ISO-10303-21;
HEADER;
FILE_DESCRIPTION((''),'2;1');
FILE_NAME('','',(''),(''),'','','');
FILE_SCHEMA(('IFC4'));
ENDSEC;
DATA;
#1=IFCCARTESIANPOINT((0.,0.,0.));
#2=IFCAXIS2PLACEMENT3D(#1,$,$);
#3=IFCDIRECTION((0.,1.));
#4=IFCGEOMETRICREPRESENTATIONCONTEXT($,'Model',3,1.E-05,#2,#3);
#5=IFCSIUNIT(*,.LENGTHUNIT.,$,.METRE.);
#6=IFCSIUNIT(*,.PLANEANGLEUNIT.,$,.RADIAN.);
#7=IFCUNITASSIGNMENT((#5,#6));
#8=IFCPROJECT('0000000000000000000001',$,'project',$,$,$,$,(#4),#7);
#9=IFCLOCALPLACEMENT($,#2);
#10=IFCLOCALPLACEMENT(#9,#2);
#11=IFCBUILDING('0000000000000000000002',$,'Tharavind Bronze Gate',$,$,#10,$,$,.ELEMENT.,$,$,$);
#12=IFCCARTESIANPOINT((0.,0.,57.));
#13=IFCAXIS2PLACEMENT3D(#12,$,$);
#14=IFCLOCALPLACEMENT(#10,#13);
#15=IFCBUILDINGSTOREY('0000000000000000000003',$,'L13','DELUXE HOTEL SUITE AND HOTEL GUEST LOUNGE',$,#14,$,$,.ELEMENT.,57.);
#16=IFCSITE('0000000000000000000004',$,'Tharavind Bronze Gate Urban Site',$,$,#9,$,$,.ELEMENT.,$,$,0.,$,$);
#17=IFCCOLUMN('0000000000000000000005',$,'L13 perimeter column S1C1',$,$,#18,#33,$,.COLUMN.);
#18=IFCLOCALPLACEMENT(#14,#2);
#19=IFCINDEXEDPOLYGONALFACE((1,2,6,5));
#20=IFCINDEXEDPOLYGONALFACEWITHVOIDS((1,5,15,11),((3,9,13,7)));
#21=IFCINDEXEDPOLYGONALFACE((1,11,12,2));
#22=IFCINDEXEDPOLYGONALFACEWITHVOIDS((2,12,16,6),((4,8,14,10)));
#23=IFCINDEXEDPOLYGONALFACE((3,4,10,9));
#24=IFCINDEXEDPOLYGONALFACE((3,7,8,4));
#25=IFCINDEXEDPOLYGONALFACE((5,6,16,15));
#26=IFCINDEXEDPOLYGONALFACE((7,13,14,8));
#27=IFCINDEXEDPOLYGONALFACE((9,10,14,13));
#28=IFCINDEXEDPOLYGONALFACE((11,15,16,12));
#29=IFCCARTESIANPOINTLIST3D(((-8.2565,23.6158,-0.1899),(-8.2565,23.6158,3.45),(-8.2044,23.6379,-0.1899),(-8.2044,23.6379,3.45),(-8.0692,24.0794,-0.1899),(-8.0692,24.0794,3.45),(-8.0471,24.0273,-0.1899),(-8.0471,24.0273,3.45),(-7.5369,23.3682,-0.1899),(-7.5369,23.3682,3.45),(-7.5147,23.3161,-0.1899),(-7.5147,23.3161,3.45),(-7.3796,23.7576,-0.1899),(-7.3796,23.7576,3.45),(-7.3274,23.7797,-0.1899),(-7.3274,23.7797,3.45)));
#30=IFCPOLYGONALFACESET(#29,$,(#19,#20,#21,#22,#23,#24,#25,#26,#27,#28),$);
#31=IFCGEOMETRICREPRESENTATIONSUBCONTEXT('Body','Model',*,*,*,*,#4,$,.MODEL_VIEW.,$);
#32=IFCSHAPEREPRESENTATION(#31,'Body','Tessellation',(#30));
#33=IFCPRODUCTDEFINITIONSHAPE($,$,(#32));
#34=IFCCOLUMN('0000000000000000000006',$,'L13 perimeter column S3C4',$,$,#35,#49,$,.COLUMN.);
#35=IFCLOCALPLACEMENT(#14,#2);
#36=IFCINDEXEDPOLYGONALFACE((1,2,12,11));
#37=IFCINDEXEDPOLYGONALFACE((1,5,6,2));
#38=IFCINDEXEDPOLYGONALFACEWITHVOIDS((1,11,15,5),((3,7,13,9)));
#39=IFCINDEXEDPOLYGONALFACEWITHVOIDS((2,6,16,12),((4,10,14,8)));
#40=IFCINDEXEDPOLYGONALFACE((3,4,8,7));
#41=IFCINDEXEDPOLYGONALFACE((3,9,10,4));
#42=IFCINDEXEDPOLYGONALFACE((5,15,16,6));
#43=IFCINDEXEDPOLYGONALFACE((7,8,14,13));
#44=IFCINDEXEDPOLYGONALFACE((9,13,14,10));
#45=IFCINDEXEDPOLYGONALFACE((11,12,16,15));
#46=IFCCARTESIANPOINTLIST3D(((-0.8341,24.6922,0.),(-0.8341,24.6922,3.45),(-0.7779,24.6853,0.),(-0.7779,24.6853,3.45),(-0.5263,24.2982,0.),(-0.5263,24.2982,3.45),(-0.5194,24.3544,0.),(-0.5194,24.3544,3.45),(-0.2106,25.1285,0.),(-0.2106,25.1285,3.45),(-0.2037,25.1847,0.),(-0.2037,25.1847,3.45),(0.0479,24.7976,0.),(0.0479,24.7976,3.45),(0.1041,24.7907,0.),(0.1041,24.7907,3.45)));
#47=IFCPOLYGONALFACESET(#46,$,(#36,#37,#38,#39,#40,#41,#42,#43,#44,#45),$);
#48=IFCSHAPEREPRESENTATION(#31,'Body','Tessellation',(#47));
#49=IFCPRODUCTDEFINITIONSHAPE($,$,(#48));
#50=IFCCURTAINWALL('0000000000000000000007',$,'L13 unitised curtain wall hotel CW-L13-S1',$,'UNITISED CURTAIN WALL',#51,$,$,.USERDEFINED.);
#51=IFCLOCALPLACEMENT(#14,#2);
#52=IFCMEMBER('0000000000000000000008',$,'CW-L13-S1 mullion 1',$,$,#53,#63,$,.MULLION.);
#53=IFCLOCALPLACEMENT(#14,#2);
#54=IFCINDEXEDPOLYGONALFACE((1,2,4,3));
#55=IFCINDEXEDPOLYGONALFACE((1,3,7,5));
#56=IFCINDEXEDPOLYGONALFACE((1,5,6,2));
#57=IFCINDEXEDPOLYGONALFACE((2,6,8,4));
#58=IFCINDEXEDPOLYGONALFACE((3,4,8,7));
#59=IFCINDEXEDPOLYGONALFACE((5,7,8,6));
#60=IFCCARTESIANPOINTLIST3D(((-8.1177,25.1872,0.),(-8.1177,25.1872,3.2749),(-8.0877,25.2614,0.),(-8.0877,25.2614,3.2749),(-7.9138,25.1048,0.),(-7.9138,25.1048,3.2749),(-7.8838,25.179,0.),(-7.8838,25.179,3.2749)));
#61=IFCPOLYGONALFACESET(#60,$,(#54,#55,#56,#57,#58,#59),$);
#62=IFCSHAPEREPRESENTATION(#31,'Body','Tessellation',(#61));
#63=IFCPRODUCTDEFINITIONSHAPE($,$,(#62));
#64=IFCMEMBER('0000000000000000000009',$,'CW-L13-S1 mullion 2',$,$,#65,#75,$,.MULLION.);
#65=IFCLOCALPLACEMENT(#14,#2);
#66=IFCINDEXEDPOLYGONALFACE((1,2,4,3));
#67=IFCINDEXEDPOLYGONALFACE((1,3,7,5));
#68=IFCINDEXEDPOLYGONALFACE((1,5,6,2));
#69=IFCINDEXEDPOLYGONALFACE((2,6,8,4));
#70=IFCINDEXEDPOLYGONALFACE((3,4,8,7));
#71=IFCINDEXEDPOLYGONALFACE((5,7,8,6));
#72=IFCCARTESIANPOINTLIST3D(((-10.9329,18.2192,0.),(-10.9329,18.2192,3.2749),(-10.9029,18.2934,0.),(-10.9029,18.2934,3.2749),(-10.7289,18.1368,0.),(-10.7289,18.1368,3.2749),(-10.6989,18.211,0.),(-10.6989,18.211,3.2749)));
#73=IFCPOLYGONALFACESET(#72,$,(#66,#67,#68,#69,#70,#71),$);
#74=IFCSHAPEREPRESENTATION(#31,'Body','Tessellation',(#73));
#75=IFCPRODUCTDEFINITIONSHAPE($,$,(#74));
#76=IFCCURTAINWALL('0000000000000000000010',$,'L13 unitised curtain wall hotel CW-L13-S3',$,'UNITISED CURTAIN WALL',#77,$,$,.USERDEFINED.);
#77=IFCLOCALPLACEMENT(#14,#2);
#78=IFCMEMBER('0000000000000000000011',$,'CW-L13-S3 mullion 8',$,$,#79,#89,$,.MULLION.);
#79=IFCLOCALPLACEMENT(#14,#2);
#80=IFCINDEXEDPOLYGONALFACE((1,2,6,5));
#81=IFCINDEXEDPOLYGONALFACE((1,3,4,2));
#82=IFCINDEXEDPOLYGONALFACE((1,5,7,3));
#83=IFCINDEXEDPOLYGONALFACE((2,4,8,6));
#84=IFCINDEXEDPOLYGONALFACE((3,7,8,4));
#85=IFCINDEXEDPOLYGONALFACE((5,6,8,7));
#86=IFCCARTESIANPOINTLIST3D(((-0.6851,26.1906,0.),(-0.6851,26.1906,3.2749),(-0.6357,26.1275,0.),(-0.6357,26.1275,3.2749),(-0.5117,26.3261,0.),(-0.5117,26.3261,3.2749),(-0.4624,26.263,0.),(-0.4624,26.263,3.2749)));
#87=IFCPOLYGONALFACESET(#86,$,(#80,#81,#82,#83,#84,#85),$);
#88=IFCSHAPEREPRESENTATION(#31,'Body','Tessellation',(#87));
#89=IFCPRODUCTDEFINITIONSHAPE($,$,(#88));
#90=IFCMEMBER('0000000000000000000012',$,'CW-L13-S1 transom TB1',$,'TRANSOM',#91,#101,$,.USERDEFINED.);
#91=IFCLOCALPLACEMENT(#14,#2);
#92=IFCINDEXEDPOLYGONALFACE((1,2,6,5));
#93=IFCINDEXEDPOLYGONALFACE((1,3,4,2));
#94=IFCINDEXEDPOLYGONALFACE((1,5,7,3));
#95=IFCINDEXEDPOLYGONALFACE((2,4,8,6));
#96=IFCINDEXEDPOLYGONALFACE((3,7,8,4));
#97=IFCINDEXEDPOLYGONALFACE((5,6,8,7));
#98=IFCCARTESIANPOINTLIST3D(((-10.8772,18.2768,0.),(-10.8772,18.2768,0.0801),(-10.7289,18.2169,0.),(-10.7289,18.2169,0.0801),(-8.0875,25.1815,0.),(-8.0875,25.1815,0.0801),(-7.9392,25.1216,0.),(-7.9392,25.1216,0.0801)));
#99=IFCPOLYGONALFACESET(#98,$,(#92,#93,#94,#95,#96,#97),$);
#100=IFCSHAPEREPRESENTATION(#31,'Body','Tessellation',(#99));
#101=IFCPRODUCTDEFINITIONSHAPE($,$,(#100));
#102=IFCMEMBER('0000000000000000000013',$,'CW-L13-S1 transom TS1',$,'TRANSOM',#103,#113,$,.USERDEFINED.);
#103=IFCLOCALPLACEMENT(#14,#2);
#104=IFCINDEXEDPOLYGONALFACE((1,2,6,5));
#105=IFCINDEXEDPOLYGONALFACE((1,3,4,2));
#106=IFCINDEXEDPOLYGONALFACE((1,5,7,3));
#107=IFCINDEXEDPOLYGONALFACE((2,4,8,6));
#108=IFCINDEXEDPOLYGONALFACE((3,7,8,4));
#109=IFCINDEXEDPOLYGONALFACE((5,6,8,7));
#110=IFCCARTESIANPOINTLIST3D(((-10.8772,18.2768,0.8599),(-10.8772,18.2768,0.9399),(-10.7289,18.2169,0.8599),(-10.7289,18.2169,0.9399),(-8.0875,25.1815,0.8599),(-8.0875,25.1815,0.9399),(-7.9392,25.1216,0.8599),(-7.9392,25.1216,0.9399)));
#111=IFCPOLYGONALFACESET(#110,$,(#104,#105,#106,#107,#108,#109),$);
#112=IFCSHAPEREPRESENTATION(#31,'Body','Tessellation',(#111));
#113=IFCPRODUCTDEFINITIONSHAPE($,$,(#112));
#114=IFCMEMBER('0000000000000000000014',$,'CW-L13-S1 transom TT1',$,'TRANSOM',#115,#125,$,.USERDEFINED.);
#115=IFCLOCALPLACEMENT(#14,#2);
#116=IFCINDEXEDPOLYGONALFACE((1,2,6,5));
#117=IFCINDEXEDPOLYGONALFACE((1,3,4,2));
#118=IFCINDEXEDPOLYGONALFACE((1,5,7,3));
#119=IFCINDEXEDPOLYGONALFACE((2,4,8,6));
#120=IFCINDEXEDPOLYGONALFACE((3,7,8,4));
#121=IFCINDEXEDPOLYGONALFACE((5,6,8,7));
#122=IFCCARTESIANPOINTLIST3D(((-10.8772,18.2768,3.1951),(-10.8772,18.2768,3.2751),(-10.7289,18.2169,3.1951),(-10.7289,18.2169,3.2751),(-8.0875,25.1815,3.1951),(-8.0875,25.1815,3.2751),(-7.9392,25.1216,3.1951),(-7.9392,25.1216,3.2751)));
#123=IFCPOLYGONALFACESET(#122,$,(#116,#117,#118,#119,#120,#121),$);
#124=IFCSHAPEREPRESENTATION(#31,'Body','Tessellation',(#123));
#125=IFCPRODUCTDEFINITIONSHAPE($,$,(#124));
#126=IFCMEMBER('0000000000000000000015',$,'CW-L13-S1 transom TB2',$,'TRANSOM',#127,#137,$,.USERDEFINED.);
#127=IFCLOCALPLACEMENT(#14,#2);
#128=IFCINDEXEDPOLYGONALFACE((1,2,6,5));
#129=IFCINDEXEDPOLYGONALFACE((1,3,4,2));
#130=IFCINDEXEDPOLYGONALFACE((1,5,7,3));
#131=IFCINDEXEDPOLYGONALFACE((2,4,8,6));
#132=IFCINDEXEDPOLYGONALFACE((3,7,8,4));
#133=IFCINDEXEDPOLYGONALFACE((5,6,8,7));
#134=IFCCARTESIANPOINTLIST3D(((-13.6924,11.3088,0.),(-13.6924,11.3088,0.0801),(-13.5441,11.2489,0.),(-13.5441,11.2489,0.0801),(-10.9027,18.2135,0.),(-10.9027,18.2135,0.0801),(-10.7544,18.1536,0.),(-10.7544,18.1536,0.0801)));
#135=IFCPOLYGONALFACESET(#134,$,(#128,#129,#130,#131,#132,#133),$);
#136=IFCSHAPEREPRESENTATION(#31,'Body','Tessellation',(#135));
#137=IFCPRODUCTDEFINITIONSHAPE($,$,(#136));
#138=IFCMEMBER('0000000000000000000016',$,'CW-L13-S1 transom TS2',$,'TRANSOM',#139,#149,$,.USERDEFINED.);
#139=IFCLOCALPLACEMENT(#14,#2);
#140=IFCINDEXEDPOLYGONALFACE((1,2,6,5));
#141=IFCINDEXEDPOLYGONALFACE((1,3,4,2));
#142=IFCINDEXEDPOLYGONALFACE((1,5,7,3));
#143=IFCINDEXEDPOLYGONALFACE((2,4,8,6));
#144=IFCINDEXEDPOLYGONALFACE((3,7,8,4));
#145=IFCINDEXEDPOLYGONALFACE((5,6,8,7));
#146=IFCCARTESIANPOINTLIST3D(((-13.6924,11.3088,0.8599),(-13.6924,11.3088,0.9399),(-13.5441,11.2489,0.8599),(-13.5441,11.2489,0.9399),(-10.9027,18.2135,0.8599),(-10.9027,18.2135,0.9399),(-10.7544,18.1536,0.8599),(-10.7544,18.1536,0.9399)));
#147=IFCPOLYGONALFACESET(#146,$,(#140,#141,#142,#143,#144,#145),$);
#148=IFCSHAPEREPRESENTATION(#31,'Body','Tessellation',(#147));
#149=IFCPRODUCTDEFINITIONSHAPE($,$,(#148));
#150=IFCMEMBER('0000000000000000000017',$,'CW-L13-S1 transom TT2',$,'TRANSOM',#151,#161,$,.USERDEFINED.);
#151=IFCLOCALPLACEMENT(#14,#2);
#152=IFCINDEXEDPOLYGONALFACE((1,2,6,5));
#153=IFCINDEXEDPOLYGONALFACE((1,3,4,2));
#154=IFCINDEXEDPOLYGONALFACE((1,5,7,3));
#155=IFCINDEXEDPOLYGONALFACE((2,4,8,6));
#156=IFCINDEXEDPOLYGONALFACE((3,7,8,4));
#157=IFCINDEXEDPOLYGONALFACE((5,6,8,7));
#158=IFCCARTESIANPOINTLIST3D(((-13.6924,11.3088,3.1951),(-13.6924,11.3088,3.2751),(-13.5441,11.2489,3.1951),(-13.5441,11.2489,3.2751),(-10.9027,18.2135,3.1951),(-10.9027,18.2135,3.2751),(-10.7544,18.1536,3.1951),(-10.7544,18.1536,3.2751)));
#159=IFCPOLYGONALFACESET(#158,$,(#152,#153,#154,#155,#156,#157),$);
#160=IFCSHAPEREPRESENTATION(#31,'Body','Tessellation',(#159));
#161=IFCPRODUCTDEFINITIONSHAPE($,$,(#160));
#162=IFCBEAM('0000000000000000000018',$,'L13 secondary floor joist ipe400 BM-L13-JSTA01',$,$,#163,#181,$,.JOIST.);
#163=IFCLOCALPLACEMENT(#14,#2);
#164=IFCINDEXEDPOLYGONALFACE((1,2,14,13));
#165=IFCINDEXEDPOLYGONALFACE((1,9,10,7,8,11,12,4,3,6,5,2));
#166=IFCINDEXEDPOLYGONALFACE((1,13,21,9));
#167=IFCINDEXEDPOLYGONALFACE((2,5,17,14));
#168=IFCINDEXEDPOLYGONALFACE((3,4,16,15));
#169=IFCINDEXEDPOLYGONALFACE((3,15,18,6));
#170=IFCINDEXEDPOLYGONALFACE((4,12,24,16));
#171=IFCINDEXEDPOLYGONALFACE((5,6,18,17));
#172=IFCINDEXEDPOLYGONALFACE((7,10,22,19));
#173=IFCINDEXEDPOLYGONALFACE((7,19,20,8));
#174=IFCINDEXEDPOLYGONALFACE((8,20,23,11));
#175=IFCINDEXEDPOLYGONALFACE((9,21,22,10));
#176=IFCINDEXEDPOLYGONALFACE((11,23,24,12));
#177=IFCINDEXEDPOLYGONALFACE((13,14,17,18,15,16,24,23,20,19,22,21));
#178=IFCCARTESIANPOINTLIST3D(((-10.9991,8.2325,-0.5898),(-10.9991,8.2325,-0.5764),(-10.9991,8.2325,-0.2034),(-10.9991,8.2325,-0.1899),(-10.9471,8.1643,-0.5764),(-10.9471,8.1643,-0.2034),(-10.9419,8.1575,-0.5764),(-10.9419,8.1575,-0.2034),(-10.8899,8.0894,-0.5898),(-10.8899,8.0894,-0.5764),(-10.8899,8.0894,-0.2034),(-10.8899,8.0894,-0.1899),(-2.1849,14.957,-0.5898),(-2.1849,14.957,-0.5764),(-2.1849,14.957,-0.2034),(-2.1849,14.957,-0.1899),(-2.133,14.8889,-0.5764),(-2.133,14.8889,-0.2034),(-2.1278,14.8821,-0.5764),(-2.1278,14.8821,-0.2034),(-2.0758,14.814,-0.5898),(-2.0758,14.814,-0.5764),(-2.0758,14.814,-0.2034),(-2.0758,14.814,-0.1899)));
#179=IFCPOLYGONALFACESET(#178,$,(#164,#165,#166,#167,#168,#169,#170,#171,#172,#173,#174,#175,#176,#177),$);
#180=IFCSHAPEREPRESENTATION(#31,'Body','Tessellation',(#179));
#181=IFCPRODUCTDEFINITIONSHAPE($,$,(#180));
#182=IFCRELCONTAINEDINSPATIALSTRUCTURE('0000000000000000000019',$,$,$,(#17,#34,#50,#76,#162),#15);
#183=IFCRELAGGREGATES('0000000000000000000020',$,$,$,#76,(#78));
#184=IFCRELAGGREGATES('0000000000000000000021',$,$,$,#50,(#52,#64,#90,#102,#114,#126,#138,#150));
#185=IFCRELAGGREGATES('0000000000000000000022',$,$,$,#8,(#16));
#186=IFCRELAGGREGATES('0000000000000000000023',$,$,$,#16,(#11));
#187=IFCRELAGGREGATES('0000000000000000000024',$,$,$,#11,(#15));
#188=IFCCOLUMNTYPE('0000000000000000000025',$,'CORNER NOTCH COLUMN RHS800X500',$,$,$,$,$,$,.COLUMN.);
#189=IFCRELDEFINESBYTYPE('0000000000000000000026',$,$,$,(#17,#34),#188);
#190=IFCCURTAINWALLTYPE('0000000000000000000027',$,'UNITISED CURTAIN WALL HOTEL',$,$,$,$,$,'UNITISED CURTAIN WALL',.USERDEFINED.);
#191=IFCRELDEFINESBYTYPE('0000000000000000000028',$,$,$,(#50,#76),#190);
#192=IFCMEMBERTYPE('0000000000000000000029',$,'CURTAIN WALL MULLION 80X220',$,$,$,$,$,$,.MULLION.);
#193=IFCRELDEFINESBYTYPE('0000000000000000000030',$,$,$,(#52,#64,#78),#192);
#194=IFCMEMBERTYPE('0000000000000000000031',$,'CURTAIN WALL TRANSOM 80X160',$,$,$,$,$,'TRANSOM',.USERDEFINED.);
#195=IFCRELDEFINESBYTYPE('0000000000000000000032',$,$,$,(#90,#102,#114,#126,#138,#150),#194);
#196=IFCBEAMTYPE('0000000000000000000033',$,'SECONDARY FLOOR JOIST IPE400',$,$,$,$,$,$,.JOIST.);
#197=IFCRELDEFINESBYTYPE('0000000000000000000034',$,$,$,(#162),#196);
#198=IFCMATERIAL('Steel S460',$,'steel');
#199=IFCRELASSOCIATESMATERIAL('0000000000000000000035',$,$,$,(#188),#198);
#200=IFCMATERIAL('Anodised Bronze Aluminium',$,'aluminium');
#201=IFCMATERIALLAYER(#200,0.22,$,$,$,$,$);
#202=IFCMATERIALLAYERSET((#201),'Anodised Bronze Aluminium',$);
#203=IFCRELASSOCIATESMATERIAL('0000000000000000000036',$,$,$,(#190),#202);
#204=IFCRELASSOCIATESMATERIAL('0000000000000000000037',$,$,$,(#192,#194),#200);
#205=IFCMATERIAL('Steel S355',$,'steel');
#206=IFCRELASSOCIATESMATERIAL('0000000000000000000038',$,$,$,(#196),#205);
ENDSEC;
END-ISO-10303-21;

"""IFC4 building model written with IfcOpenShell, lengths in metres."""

from ifc_helpers import new_model, si_unit, direction, frame, origin, origin_2d, place, context, subcontext, project, spatial, rectangle, hollow_rectangle, i_section, extrude, material, layer, layer_set, material_profile, profile_set, type_object, element, aggregate, save


model = new_model("IFC4")

# Units and contexts
model_context = context("Model", 3, precision=1e-05, world=origin(), true_north=direction((0.0, 1.0)))
body_context = subcontext(model_context, "Body", "Model", "MODEL_VIEW")
ifc_project = project(units=[si_unit("LENGTHUNIT", "METRE"), si_unit("PLANEANGLEUNIT", "RADIAN")], contexts=[model_context])

# Site, building, storey
site_placement = place(None, origin())
site = spatial("IfcSite", under=ifc_project, at=site_placement, Name="Tharavind Bronze Gate Urban Site", CompositionType="ELEMENT", RefElevation=0.0)
building_placement = place(site_placement, origin())
building = spatial("IfcBuilding", under=site, at=building_placement, Name="Tharavind Bronze Gate", CompositionType="ELEMENT")
storey_placement = place(building_placement, frame((0.0, 0.0, 57.0)))
storey = spatial("IfcBuildingStorey", under=building, at=storey_placement, Name="L13", Description="DELUXE HOTEL SUITE AND HOTEL GUEST LOUNGE", CompositionType="ELEMENT", Elevation=57.0)

# Columns
ifc_material_1 = material(Name="Steel S460", Category="steel")
ifc_material_profile_1 = material_profile(ifc_material_1, hollow_rectangle(XDim=0.5, YDim=0.8, WallThickness=0.04, at=origin_2d()), Name="RHS800X500X40")
ifc_profile_set_1 = profile_set([ifc_material_profile_1], Name="Steel S460")
column_type = type_object("IfcColumnType", Name="CORNER NOTCH COLUMN RHS800X500", PredefinedType="COLUMN", material=ifc_profile_set_1)
column_1_placement = place(storey_placement, frame((-7.792, 23.6978, -0.1899), z_axis=(0.0, 0.0, 1.0), x_axis=(0.374608, 0.927183, 0.0)))
element("IfcColumn", 1, at=column_1_placement, inside=storey, type_object=column_type, Name="L13 perimeter column S1C1", PredefinedType="COLUMN", context=body_context, shape_type="SweptSolid", body=[
    extrude(hollow_rectangle(XDim=0.5, YDim=0.8, WallThickness=0.04, at=origin_2d()), origin(), (0.0, 0.0, 1.0), 3.6399),
])
column_2_placement = place(storey_placement, frame((-0.365, 24.7415, 0.0), z_axis=(0.0, 0.0, 1.0), x_axis=(-0.615661, 0.788011, 0.0)))
element("IfcColumn", 2, at=column_2_placement, inside=storey, type_object=column_type, Name="L13 perimeter column S3C4", PredefinedType="COLUMN", context=body_context, shape_type="SweptSolid", body=[
    extrude(hollow_rectangle(XDim=0.5, YDim=0.8, WallThickness=0.04, at=origin_2d()), origin(), (0.0, 0.0, 1.0), 3.45),
])

# Curtain wall, members
ifc_material_2 = material(Name="Anodised Bronze Aluminium", Category="aluminium")
ifc_layer_1 = layer(ifc_material_2, 0.22)
ifc_layer_set_1 = layer_set([ifc_layer_1], Name="Anodised Bronze Aluminium")
curtain_wall_type = type_object("IfcCurtainWallType", Name="UNITISED CURTAIN WALL HOTEL", ElementType="UNITISED CURTAIN WALL", PredefinedType="USERDEFINED", material=ifc_layer_set_1)
curtain_wall_1_placement = place(storey_placement, origin())
curtain_wall_1 = element("IfcCurtainWall", 3, at=curtain_wall_1_placement, inside=storey, type_object=curtain_wall_type, Name="L13 unitised curtain wall hotel CW-L13-S1", ObjectType="UNITISED CURTAIN WALL", PredefinedType="USERDEFINED")
member_type_1 = type_object("IfcMemberType", Name="CURTAIN WALL MULLION 80X220", PredefinedType="MULLION", material=ifc_material_2)
member_1_placement = place(storey_placement, frame((-8.0007, 25.1831, 0.0), z_axis=(0.0, 0.0, 1.0), x_axis=(-0.374607, -0.927184, 0.0)))
member_1 = element("IfcMember", 4, at=member_1_placement, type_object=member_type_1, Name="CW-L13-S1 mullion 1", PredefinedType="MULLION", context=body_context, shape_type="SweptSolid", body=[
    extrude(rectangle(XDim=0.0801, YDim=0.22, at=origin_2d()), origin(), (0.0, 0.0, 1.0), 3.2749),
])
member_2_placement = place(storey_placement, frame((-10.8159, 18.2151, 0.0), z_axis=(0.0, 0.0, 1.0), x_axis=(-0.374607, -0.927184, 0.0)))
member_2 = element("IfcMember", 5, at=member_2_placement, type_object=member_type_1, Name="CW-L13-S1 mullion 2", PredefinedType="MULLION", context=body_context, shape_type="SweptSolid", body=[
    extrude(rectangle(XDim=0.0801, YDim=0.22, at=origin_2d()), origin(), (0.0, 0.0, 1.0), 3.2749),
])

# Curtain wall, member
curtain_wall_2_placement = place(storey_placement, origin())
curtain_wall_2 = element("IfcCurtainWall", 6, at=curtain_wall_2_placement, inside=storey, type_object=curtain_wall_type, Name="L13 unitised curtain wall hotel CW-L13-S3", ObjectType="UNITISED CURTAIN WALL", PredefinedType="USERDEFINED")
member_3_placement = place(storey_placement, frame((-0.5737, 26.2268, 0.0), z_axis=(0.0, 0.0, 1.0), x_axis=(-0.615661, 0.788011, 0.0)))
member_3 = element("IfcMember", 7, at=member_3_placement, type_object=member_type_1, Name="CW-L13-S3 mullion 8", PredefinedType="MULLION", context=body_context, shape_type="SweptSolid", body=[
    extrude(rectangle(XDim=0.0801, YDim=0.22, at=origin_2d()), origin(), (0.0, 0.0, 1.0), 3.2749),
])
aggregate(curtain_wall_2, [member_3])

# Members
member_type_2 = type_object("IfcMemberType", Name="CURTAIN WALL TRANSOM 80X160", ElementType="TRANSOM", PredefinedType="USERDEFINED", material=ifc_material_2)
member_4_placement = place(storey_placement, frame((-9.4082, 21.6992, 0.0), z_axis=(0.0, 0.0, 1.0), x_axis=(-0.374607, -0.927184, 0.0)))
member_4 = element("IfcMember", 8, at=member_4_placement, type_object=member_type_2, Name="CW-L13-S1 transom TB1", ObjectType="TRANSOM", PredefinedType="USERDEFINED", context=body_context, shape_type="SweptSolid", body=[
    extrude(rectangle(XDim=7.447, YDim=0.1599, at=origin_2d()), origin(), (0.0, 0.0, 1.0), 0.0801),
])
member_5_placement = place(storey_placement, frame((-9.4082, 21.6992, 0.8599), z_axis=(0.0, 0.0, 1.0), x_axis=(-0.374607, -0.927184, 0.0)))
member_5 = element("IfcMember", 9, at=member_5_placement, type_object=member_type_2, Name="CW-L13-S1 transom TS1", ObjectType="TRANSOM", PredefinedType="USERDEFINED", context=body_context, shape_type="SweptSolid", body=[
    extrude(rectangle(XDim=7.447, YDim=0.1599, at=origin_2d()), origin(), (0.0, 0.0, 1.0), 0.0801),
])
member_6_placement = place(storey_placement, frame((-9.4082, 21.6992, 3.1951), z_axis=(0.0, 0.0, 1.0), x_axis=(-0.374607, -0.927184, 0.0)))
member_6 = element("IfcMember", 10, at=member_6_placement, type_object=member_type_2, Name="CW-L13-S1 transom TT1", ObjectType="TRANSOM", PredefinedType="USERDEFINED", context=body_context, shape_type="SweptSolid", body=[
    extrude(rectangle(XDim=7.447, YDim=0.1599, at=origin_2d()), origin(), (0.0, 0.0, 1.0), 0.0801),
])
member_7_placement = place(storey_placement, frame((-12.2234, 14.7312, 0.0), z_axis=(0.0, 0.0, 1.0), x_axis=(-0.374607, -0.927184, 0.0)))
member_7 = element("IfcMember", 11, at=member_7_placement, type_object=member_type_2, Name="CW-L13-S1 transom TB2", ObjectType="TRANSOM", PredefinedType="USERDEFINED", context=body_context, shape_type="SweptSolid", body=[
    extrude(rectangle(XDim=7.447, YDim=0.1599, at=origin_2d()), origin(), (0.0, 0.0, 1.0), 0.0801),
])
member_8_placement = place(storey_placement, frame((-12.2234, 14.7312, 0.8599), z_axis=(0.0, 0.0, 1.0), x_axis=(-0.374607, -0.927184, 0.0)))
member_8 = element("IfcMember", 12, at=member_8_placement, type_object=member_type_2, Name="CW-L13-S1 transom TS2", ObjectType="TRANSOM", PredefinedType="USERDEFINED", context=body_context, shape_type="SweptSolid", body=[
    extrude(rectangle(XDim=7.447, YDim=0.1599, at=origin_2d()), origin(), (0.0, 0.0, 1.0), 0.0801),
])
member_9_placement = place(storey_placement, frame((-12.2234, 14.7312, 3.1951), z_axis=(0.0, 0.0, 1.0), x_axis=(-0.374607, -0.927184, 0.0)))
member_9 = element("IfcMember", 13, at=member_9_placement, type_object=member_type_2, Name="CW-L13-S1 transom TT2", ObjectType="TRANSOM", PredefinedType="USERDEFINED", context=body_context, shape_type="SweptSolid", body=[
    extrude(rectangle(XDim=7.447, YDim=0.1599, at=origin_2d()), origin(), (0.0, 0.0, 1.0), 0.0801),
])

# Beam
ifc_material_3 = material(Name="Steel S355", Category="steel")
ifc_material_profile_2 = material_profile(ifc_material_3, i_section(OverallWidth=0.1799, OverallDepth=0.3999, WebThickness=0.0085, FlangeThickness=0.0134, at=origin_2d()), Name="IPE400")
ifc_profile_set_2 = profile_set([ifc_material_profile_2], Name="Steel S355")
beam_type_1 = type_object("IfcBeamType", Name="SECONDARY FLOOR JOIST IPE400", PredefinedType="JOIST", material=ifc_profile_set_2)
beam_1_placement = place(storey_placement, frame((-2.1304, 14.8855, -0.3899), z_axis=(-0.795039, -0.606558, 0.0), x_axis=(0.606558, -0.795039, 0.0)))
element("IfcBeam", 14, at=beam_1_placement, inside=storey, type_object=beam_type_1, Name="L13 secondary floor joist ipe400 BM-L13-JSTA01", PredefinedType="JOIST", context=body_context, shape_type="SweptSolid", body=[
    extrude(i_section(OverallWidth=0.1799, OverallDepth=0.3999, WebThickness=0.0085, FlangeThickness=0.0134, at=origin_2d()), origin(), (0.0, 0.0, 1.0), 11.0864),
])

aggregate(curtain_wall_1, [member_1, member_2, member_4, member_5, member_6, member_7, member_8, member_9])

save(model, "model.ifc")
